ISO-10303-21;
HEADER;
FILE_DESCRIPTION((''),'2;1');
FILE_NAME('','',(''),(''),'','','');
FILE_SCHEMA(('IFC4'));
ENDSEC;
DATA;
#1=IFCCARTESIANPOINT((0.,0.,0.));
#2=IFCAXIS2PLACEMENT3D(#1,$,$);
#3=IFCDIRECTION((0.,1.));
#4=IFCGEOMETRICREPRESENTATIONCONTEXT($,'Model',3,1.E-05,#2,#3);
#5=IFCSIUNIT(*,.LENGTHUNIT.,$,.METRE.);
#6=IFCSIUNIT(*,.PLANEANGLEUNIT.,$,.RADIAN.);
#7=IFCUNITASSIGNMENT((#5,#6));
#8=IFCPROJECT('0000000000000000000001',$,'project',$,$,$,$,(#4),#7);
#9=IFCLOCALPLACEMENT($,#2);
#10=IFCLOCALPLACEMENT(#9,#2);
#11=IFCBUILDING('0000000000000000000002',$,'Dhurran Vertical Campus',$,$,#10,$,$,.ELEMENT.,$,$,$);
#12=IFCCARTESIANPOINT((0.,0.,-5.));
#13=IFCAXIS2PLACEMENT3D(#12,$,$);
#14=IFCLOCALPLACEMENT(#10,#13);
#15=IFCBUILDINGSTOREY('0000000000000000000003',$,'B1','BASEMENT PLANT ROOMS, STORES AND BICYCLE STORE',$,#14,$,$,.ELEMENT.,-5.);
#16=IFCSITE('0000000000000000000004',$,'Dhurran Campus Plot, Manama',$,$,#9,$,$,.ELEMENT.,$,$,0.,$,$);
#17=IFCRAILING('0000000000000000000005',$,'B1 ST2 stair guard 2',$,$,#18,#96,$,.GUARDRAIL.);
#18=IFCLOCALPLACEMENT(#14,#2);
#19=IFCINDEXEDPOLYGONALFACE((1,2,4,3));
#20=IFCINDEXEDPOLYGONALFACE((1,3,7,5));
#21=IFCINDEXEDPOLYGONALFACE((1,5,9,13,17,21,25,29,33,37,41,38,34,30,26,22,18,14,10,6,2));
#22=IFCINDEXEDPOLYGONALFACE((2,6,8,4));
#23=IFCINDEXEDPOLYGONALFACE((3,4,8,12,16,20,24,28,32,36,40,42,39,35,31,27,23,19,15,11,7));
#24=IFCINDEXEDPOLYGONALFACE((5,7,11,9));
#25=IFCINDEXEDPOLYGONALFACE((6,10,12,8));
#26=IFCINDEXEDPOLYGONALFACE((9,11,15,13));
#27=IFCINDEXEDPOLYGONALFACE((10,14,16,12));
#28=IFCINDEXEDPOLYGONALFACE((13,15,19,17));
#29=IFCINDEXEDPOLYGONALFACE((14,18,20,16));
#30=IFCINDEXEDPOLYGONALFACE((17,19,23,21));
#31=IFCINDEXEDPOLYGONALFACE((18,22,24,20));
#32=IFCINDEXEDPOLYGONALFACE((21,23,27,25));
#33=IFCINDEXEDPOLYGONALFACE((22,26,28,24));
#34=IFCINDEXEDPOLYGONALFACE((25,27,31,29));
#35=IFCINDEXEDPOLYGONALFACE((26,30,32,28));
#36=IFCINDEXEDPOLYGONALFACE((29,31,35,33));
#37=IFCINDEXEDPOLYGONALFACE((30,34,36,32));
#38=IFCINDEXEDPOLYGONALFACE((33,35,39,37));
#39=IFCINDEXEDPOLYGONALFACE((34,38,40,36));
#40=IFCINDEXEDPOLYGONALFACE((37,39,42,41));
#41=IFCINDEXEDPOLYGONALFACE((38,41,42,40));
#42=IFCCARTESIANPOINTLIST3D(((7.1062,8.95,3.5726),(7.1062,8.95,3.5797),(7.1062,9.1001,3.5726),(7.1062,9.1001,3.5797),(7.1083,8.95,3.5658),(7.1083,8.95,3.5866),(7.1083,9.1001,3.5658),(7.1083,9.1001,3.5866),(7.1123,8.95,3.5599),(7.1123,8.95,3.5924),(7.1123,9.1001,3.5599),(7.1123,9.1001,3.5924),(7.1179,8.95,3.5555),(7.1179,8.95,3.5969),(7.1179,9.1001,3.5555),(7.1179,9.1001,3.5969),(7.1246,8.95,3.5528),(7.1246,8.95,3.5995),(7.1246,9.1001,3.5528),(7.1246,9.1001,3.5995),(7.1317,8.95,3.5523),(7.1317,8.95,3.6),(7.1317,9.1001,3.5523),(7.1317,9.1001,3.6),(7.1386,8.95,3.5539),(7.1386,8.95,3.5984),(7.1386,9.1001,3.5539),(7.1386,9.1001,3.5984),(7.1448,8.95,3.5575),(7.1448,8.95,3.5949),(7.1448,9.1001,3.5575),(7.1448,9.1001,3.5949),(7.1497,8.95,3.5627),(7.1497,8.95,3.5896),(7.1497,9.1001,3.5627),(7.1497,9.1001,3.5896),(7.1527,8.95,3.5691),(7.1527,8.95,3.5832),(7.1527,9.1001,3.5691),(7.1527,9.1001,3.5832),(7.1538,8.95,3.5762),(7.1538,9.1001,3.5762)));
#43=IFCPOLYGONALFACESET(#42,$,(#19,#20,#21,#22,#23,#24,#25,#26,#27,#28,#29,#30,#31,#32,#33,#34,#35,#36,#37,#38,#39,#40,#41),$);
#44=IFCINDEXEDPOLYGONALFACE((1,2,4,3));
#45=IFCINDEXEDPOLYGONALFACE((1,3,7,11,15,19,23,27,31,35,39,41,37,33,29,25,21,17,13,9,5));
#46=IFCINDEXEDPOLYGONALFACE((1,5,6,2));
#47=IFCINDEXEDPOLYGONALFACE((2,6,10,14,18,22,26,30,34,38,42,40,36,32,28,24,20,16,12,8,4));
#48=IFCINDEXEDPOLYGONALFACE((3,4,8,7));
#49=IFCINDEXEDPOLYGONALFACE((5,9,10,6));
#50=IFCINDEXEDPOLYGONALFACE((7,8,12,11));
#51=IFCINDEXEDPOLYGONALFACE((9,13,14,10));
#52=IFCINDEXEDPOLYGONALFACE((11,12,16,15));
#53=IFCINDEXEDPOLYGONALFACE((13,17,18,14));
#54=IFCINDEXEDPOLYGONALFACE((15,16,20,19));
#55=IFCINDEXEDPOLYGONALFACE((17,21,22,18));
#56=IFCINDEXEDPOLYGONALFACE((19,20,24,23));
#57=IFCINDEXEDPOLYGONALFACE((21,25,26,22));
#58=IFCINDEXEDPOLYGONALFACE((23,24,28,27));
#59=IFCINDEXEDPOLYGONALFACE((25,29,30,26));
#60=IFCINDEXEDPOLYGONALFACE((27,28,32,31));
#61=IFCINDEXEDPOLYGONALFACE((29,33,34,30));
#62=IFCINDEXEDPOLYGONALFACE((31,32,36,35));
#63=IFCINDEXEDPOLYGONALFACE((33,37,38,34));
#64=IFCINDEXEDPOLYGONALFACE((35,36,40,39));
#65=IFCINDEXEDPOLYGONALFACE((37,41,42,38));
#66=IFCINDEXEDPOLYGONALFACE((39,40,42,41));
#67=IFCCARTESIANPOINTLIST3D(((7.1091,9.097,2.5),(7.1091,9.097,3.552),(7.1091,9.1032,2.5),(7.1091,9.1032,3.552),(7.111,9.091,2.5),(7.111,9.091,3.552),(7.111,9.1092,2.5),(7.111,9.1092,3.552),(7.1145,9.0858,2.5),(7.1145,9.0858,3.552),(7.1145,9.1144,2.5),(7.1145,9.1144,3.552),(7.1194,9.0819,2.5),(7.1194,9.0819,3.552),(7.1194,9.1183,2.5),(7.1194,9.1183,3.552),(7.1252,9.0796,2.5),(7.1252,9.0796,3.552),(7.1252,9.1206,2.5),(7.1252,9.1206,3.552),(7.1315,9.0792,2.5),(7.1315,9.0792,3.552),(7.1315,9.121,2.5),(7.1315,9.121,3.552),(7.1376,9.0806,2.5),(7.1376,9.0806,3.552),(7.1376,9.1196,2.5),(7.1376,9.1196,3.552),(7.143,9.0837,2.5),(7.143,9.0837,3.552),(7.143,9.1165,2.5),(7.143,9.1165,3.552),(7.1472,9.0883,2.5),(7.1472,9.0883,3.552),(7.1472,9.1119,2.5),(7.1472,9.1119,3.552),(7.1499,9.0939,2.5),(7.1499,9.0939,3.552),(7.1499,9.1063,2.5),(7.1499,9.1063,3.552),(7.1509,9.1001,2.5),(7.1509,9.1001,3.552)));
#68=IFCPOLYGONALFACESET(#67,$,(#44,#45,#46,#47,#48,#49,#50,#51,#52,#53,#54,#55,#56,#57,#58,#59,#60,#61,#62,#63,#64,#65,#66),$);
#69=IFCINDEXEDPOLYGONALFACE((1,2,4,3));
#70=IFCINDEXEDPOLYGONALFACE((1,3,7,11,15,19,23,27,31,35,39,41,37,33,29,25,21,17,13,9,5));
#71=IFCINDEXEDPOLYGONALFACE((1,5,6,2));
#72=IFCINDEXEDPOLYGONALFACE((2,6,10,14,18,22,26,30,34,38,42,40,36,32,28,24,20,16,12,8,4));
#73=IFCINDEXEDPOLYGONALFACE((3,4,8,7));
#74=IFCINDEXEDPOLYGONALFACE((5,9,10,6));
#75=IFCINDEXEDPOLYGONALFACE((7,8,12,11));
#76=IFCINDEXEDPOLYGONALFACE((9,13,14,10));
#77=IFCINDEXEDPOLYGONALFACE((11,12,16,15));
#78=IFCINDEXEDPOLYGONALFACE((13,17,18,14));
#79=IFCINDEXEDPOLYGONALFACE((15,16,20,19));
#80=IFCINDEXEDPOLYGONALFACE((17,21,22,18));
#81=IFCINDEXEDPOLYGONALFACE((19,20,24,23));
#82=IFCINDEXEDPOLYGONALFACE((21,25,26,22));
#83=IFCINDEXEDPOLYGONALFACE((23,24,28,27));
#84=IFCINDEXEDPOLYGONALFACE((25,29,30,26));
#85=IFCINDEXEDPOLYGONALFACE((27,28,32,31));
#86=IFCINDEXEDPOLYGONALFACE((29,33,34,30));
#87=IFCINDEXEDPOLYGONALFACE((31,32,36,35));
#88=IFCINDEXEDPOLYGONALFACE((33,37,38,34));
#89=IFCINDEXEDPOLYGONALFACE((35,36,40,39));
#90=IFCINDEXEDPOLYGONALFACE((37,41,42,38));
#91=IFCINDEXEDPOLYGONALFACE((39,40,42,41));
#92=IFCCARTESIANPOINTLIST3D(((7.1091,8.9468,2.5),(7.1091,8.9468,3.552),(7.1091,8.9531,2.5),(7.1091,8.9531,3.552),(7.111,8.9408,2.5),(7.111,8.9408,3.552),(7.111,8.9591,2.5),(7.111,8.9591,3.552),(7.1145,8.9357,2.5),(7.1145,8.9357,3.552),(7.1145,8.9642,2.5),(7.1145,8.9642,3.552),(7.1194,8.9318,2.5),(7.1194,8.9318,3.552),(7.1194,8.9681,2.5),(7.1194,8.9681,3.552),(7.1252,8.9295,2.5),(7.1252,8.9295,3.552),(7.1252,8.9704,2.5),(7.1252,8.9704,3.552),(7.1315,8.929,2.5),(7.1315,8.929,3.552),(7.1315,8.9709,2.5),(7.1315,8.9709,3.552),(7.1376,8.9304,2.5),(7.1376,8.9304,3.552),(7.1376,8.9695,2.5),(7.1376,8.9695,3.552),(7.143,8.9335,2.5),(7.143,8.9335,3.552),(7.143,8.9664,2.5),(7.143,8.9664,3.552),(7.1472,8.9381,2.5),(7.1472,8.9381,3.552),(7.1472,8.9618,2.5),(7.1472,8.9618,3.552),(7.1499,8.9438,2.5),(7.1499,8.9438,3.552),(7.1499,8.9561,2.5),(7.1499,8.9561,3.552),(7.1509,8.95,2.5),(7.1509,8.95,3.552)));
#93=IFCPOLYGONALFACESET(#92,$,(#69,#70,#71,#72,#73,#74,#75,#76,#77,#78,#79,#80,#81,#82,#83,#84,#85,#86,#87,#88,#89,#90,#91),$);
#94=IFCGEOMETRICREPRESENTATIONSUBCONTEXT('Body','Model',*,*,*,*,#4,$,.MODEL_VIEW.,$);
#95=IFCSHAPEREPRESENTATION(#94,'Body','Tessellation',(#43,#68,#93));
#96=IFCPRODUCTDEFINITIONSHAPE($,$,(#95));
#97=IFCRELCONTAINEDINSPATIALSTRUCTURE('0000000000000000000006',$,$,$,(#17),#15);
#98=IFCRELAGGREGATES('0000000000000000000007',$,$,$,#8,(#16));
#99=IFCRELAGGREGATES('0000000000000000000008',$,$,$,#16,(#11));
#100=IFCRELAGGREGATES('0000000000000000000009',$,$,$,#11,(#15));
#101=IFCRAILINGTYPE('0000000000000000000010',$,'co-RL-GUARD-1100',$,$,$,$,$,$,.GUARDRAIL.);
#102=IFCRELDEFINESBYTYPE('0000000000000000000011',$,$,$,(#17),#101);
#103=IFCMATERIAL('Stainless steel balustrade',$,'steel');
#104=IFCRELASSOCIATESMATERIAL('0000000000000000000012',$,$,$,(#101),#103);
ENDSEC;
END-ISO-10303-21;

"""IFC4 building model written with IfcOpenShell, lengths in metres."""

from ifc_helpers import new_model, si_unit, direction, frame, origin, origin_2d, place, context, subcontext, project, spatial, circle, extrude, material, type_object, element, save


model = new_model("IFC4")

# Units and contexts
model_context = context("Model", 3, precision=1e-05, world=origin(), true_north=direction((0.0, 1.0)))
body_context = subcontext(model_context, "Body", "Model", "MODEL_VIEW")
ifc_project = project(units=[si_unit("LENGTHUNIT", "METRE"), si_unit("PLANEANGLEUNIT", "RADIAN")], contexts=[model_context])

# Site, building, storey
site_placement = place(None, origin())
site = spatial("IfcSite", under=ifc_project, at=site_placement, Name="Dhurran Campus Plot, Manama", CompositionType="ELEMENT", RefElevation=0.0)
building_placement = place(site_placement, origin())
building = spatial("IfcBuilding", under=site, at=building_placement, Name="Dhurran Vertical Campus", CompositionType="ELEMENT")
storey_placement = place(building_placement, frame((0.0, 0.0, -5.0)))
storey = spatial("IfcBuildingStorey", under=building, at=storey_placement, Name="B1", Description="BASEMENT PLANT ROOMS, STORES AND BICYCLE STORE", CompositionType="ELEMENT", Elevation=-5.0)

# Railing
ifc_material_1 = material(Name="Stainless steel balustrade", Category="steel")
railing_type_1 = type_object("IfcRailingType", Name="co-RL-GUARD-1100", PredefinedType="GUARDRAIL", material=ifc_material_1)
railing_1_placement = place(storey_placement, frame((7.1299, 9.1001, 2.5)))
element("IfcRailing", 1, at=railing_1_placement, inside=storey, type_object=railing_type_1, Name="B1 ST2 stair guard 2", PredefinedType="GUARDRAIL", context=body_context, shape_type="SweptSolid", body=[
    extrude(circle(Radius=0.0239, at=origin_2d()), frame((0.0, 0.0, 1.0762), z_axis=(0.0, -1.0, 0.0), x_axis=(1.0, 0.0, 0.0)), (0.0, 0.0, 1.0), 0.1501),
    extrude(circle(Radius=0.021, at=origin_2d()), origin(), (0.0, 0.0, 1.0), 1.052),
    extrude(circle(Radius=0.021, at=origin_2d()), frame((0.0, -0.1501, 0.0)), (0.0, 0.0, 1.0), 1.052),
])

save(model, "model.ifc")
